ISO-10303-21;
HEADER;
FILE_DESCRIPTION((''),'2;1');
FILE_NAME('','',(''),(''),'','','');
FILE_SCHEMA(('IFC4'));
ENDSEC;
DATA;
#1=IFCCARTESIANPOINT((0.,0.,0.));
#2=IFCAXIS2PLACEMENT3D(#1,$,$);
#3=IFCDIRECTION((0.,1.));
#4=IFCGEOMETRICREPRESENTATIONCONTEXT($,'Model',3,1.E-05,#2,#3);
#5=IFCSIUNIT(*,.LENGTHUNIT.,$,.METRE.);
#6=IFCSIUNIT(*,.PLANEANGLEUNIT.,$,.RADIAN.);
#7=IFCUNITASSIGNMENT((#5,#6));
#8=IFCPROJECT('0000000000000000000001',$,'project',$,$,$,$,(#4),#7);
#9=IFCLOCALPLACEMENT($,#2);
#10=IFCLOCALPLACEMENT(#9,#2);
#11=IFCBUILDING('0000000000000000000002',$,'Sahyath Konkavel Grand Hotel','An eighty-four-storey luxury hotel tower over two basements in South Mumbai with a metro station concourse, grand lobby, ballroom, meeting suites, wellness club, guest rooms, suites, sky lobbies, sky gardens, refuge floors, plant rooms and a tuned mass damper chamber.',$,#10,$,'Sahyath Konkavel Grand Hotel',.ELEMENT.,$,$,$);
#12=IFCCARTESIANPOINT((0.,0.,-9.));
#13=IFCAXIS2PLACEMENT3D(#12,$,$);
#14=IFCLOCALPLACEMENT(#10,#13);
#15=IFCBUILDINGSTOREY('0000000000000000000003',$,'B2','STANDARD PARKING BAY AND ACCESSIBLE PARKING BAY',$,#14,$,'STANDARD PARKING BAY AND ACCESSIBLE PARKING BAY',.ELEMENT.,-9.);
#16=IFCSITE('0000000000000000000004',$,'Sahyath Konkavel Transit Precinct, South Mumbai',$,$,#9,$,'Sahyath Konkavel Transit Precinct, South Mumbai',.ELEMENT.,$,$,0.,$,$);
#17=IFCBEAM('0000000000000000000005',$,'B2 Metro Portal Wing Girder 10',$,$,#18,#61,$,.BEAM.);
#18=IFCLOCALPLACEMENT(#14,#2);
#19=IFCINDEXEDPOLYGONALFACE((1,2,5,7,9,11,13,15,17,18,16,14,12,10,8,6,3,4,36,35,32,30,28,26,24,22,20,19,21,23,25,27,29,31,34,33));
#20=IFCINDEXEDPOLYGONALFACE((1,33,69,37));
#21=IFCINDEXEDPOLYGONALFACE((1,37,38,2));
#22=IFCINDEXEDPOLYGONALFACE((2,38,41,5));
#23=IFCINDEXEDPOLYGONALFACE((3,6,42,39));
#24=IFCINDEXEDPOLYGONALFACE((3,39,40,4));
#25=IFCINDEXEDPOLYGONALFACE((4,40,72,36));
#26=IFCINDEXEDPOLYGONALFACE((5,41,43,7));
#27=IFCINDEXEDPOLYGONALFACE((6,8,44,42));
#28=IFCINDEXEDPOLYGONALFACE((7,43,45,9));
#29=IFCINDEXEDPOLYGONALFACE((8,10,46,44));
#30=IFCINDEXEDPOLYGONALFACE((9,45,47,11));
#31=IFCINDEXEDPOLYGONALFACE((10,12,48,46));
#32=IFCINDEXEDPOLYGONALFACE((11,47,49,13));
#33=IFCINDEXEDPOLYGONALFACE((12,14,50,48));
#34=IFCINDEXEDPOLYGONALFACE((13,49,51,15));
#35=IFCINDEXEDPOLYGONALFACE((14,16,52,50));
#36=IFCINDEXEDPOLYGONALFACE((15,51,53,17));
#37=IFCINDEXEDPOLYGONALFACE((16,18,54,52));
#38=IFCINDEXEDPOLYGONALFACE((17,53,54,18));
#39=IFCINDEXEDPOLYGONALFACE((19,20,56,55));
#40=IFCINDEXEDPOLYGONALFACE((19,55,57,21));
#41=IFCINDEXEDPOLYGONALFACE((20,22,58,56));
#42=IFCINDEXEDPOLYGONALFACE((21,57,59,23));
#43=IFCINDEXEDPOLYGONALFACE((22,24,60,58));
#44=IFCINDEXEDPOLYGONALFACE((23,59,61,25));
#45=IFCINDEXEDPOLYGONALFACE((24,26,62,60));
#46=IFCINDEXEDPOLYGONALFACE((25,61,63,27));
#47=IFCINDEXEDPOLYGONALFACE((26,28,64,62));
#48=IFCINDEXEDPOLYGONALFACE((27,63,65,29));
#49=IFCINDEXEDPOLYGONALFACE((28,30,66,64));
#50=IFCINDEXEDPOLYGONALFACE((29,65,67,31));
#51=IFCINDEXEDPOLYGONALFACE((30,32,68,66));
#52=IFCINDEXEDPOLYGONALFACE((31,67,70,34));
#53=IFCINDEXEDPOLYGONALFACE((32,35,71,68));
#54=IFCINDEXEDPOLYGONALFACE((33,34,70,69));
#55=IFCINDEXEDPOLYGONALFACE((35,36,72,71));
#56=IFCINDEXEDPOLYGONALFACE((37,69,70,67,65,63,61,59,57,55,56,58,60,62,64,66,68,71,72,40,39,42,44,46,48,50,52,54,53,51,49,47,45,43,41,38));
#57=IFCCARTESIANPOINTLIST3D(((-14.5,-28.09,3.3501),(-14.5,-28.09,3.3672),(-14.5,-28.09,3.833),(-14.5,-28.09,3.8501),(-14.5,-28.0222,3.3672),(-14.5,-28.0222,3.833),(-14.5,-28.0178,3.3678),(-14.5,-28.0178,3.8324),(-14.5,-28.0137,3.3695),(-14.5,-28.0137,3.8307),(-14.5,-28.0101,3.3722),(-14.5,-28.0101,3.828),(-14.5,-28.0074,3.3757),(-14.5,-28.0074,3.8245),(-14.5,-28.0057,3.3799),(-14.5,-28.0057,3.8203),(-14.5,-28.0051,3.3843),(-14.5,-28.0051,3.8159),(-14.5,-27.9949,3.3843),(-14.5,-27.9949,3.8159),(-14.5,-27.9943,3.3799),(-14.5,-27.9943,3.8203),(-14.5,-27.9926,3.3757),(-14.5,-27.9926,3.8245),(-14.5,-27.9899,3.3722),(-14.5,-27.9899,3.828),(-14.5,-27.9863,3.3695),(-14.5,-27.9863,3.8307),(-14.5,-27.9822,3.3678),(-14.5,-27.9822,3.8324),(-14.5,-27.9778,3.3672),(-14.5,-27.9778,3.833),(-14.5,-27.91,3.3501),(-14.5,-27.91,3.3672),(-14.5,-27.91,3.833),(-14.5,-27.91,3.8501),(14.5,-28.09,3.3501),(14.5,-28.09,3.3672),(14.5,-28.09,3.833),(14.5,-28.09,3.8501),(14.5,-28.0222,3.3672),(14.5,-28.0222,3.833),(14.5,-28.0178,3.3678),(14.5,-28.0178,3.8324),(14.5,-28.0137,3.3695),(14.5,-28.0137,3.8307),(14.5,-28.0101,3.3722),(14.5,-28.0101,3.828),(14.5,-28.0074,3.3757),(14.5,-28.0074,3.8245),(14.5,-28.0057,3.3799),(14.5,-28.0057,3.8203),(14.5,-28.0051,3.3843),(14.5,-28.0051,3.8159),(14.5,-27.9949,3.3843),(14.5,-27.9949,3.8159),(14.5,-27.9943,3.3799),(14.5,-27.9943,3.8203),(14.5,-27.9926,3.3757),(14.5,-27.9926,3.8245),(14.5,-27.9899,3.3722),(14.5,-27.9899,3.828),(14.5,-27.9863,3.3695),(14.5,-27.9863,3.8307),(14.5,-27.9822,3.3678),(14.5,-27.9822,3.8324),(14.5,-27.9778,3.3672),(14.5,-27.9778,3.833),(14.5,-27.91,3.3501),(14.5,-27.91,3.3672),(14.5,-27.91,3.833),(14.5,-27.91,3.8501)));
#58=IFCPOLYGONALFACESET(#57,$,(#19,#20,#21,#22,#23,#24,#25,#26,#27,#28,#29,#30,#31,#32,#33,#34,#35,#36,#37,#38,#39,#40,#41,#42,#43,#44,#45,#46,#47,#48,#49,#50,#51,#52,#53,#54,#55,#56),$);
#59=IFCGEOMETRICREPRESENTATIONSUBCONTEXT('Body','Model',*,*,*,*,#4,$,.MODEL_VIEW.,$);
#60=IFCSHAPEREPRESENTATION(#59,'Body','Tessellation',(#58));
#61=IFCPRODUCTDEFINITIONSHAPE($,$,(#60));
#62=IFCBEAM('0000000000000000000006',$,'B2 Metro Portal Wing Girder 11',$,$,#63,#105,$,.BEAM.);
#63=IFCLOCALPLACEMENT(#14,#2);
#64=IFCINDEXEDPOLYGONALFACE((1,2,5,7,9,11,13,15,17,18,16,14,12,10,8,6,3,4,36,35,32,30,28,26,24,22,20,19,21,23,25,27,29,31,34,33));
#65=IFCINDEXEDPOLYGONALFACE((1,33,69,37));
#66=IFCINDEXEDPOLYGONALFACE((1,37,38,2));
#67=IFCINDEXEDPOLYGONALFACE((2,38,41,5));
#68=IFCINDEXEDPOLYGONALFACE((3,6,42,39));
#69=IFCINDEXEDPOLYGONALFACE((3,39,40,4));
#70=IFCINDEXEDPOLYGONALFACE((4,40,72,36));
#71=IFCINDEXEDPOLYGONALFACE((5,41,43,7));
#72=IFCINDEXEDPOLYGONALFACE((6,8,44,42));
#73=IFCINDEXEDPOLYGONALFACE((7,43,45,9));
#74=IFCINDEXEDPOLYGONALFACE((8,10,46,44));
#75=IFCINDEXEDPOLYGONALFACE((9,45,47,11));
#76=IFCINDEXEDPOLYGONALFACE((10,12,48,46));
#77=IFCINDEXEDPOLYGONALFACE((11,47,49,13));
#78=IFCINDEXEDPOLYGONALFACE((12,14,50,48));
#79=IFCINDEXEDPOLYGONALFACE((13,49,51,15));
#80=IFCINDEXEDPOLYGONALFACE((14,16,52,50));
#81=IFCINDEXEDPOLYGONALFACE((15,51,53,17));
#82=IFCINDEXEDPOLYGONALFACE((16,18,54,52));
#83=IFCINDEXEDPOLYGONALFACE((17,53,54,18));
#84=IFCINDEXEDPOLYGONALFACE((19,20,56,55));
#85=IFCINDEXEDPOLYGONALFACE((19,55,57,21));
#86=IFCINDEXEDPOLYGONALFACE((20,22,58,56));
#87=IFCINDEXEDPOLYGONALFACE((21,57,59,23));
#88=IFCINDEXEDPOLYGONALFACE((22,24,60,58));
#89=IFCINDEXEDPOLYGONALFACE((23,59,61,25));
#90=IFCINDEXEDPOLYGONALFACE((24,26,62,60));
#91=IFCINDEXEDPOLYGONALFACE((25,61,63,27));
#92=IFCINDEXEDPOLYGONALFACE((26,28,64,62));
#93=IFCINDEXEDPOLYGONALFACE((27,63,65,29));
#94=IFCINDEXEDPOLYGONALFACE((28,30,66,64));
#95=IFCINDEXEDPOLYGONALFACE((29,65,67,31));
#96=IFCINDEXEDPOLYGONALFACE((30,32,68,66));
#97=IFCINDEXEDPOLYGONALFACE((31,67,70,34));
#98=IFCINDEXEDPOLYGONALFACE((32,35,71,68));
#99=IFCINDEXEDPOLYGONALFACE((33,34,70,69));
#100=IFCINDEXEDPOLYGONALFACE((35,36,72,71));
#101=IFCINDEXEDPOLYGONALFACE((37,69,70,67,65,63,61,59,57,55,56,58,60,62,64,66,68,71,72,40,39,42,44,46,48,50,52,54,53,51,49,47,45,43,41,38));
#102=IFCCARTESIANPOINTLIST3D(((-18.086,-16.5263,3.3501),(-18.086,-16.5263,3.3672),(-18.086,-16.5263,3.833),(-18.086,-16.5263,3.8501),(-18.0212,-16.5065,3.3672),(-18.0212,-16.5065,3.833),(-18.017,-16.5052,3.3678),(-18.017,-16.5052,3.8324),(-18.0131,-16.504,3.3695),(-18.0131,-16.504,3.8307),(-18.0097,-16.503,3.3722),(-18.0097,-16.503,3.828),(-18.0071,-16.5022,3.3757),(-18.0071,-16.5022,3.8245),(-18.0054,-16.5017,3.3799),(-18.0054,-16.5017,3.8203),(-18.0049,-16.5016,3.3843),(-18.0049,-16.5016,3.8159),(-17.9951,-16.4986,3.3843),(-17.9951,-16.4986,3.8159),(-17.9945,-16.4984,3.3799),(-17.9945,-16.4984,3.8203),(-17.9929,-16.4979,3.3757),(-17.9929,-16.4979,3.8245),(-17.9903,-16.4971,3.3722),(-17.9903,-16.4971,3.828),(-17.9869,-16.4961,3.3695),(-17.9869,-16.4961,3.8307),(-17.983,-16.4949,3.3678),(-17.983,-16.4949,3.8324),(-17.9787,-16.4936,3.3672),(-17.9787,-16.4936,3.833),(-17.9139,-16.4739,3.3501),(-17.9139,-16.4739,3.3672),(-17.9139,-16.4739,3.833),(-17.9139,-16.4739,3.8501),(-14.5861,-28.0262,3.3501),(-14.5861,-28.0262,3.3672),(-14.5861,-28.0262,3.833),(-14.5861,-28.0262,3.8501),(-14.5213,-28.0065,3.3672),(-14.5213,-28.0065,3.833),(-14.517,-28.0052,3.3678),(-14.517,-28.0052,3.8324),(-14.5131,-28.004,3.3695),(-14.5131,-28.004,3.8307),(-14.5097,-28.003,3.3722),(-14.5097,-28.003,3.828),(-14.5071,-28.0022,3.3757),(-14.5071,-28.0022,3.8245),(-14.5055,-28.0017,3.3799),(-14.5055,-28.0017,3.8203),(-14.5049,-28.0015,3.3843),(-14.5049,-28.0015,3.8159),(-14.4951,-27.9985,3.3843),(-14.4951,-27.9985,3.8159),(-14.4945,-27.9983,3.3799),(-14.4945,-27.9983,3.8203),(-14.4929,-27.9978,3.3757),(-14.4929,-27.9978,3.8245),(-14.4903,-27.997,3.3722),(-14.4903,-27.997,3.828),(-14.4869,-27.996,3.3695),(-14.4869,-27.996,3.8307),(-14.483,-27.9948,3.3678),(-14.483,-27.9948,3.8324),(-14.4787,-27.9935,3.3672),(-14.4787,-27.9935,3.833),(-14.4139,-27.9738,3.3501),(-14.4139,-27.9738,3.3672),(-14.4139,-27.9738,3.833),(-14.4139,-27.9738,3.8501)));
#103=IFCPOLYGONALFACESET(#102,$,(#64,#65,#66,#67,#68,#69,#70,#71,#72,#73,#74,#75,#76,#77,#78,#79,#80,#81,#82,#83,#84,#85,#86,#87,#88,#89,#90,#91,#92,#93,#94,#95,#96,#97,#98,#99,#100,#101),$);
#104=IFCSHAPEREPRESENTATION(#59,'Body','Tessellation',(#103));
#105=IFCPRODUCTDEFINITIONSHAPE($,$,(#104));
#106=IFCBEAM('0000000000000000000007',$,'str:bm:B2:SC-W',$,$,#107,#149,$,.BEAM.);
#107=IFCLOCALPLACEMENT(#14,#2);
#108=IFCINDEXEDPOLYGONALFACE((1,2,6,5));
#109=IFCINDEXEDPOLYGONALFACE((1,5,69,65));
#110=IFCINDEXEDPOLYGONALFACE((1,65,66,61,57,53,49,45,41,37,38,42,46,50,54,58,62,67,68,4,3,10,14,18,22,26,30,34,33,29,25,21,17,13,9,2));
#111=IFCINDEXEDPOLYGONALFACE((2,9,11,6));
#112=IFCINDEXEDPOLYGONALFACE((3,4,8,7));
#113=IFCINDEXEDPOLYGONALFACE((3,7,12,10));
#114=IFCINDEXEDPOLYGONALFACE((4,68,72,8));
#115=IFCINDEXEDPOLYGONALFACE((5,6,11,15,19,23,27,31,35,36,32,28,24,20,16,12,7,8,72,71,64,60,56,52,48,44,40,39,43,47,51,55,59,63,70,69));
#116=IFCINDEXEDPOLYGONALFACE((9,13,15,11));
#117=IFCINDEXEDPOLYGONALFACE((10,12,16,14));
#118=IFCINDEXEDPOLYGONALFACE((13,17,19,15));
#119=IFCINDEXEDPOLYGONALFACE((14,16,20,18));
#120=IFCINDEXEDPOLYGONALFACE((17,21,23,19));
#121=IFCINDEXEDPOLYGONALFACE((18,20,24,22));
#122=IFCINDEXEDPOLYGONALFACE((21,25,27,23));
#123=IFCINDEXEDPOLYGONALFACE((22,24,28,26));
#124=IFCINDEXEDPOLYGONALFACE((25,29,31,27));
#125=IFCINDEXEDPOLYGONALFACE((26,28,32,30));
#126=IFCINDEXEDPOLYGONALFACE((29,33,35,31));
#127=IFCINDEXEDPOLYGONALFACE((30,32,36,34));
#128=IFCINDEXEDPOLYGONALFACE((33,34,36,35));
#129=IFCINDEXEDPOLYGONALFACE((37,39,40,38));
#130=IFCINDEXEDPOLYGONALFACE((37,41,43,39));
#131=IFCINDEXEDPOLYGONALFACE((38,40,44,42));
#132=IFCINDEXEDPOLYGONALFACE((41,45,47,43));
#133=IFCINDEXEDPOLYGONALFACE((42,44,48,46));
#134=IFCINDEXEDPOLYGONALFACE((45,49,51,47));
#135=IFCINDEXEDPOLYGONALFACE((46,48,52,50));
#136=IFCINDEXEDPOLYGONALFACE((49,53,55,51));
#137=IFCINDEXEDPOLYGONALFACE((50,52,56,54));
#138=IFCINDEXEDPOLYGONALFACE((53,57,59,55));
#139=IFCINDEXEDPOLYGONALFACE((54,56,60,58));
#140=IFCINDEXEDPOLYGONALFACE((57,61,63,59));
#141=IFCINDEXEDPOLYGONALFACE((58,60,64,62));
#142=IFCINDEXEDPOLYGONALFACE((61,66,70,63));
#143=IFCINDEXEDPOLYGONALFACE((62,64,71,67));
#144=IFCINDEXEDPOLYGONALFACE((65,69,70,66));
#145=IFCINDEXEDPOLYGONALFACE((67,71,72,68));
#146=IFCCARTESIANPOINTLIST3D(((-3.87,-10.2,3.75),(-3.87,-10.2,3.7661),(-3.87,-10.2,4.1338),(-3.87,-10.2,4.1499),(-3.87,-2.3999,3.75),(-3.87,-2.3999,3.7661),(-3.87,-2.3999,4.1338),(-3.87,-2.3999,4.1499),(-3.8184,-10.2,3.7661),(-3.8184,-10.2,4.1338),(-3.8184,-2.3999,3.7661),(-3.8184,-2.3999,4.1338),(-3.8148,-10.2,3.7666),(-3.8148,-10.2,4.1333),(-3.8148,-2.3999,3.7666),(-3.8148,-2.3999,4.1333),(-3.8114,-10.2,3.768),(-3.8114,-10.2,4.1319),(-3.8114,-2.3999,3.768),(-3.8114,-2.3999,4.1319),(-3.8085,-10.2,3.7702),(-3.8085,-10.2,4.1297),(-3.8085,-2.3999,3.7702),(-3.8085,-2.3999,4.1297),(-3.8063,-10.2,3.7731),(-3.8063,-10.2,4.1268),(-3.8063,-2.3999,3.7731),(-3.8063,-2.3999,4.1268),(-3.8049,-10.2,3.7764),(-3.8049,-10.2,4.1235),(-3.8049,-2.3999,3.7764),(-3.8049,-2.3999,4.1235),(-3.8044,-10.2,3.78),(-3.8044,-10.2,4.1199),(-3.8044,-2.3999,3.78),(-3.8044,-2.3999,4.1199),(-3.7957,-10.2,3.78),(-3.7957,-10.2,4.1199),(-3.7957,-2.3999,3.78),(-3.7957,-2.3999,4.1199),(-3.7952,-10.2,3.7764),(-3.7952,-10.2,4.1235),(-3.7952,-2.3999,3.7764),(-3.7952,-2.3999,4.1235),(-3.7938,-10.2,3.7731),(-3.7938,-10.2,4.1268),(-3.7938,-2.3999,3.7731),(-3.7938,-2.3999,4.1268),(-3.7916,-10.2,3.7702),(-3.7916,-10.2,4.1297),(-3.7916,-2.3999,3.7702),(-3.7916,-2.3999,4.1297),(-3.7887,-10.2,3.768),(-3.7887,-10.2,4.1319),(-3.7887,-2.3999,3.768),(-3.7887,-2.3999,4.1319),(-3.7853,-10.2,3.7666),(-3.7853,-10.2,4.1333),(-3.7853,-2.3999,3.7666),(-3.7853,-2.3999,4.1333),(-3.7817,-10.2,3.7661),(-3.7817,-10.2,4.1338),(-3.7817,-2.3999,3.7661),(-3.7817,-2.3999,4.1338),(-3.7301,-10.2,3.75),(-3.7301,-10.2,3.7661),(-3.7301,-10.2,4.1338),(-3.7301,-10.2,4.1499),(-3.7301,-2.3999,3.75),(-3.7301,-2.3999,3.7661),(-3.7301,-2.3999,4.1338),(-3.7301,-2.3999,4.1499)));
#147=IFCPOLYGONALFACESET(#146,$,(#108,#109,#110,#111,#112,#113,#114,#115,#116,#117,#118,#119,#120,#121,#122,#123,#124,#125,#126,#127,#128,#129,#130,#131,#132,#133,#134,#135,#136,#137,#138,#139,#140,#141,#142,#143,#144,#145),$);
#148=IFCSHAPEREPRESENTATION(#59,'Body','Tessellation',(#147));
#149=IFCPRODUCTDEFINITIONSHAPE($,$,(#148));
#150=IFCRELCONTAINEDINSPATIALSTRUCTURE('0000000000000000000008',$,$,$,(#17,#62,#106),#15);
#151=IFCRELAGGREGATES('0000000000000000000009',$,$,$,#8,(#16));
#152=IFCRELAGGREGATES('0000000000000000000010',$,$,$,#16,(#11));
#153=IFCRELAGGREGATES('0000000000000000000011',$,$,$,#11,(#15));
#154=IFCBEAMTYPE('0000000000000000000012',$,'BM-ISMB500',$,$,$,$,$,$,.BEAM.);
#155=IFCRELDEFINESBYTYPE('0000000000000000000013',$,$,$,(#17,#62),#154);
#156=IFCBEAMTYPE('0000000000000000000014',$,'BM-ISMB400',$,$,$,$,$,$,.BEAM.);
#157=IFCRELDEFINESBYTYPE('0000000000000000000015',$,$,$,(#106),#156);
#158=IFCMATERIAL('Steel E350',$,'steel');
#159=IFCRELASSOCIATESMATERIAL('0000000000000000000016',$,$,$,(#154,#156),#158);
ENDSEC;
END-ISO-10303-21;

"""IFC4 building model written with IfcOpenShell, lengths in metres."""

from ifc_helpers import new_model, si_unit, direction, frame, origin, origin_2d, place, context, subcontext, project, spatial, i_section, extrude, source, transform, mapped, material, material_profile, profile_set, type_object, element, save


model = new_model("IFC4")

# Units and contexts
model_context = context("Model", 3, precision=1e-05, world=origin(), true_north=direction((0.0, 1.0)))
body_context = subcontext(model_context, "Body", "Model", "MODEL_VIEW")
ifc_project = project(units=[si_unit("LENGTHUNIT", "METRE"), si_unit("PLANEANGLEUNIT", "RADIAN")], contexts=[model_context])

# Site, building, storey
site_placement = place(None, origin())
site = spatial("IfcSite", under=ifc_project, at=site_placement, Name="Sahyath Konkavel Transit Precinct, South Mumbai", LongName="Sahyath Konkavel Transit Precinct, South Mumbai", CompositionType="ELEMENT", RefElevation=0.0)
building_placement = place(site_placement, origin())
building = spatial("IfcBuilding", under=site, at=building_placement, Name="Sahyath Konkavel Grand Hotel", Description="An eighty-four-storey luxury hotel tower over two basements in South Mumbai with a metro station concourse, grand lobby, ballroom, meeting suites, wellness club, guest rooms, suites, sky lobbies, sky gardens, refuge floors, plant rooms and a tuned mass damper chamber.", LongName="Sahyath Konkavel Grand Hotel", CompositionType="ELEMENT")
storey_placement = place(building_placement, frame((0.0, 0.0, -9.0)))
storey = spatial("IfcBuildingStorey", under=building, at=storey_placement, Name="B2", Description="STANDARD PARKING BAY AND ACCESSIBLE PARKING BAY", LongName="STANDARD PARKING BAY AND ACCESSIBLE PARKING BAY", CompositionType="ELEMENT", Elevation=-9.0)

# Beams
ifc_material_1 = material(Name="Steel E350", Category="steel")
ifc_material_profile_1 = material_profile(ifc_material_1, i_section(OverallWidth=0.1799, OverallDepth=0.5, WebThickness=0.0103, FlangeThickness=0.0171, FilletRadius=0.0171, at=origin_2d()), Name="ISMB 500")
ifc_profile_set_1 = profile_set([ifc_material_profile_1], Name="Steel E350")
beam_type_1 = type_object("IfcBeamType", Name="BM-ISMB500", PredefinedType="BEAM", material=ifc_profile_set_1)
shared_shape_1 = source(origin(), body_context, "Body", "SweptSolid", [
    extrude(i_section(OverallWidth=0.1799, OverallDepth=0.5, WebThickness=0.0103, FlangeThickness=0.0171, FilletRadius=0.0171, at=origin_2d()), origin(), (0.0, 0.0, 1.0), 29.0),
])
beam_1_placement = place(storey_placement, frame((-14.5, -28.0, 3.6001), z_axis=(1.0, 0.0, 0.0), x_axis=(0.0, 1.0, 0.0)))
element("IfcBeam", 1, at=beam_1_placement, inside=storey, type_object=beam_type_1, Name="B2 Metro Portal Wing Girder 10", PredefinedType="BEAM", context=body_context, shape_type="MappedRepresentation", body=[
    mapped(shared_shape_1, transform((0.0, 0.0, 0.0), scale=1.0)),
])
shared_shape_2 = source(origin(), body_context, "Body", "SweptSolid", [
    extrude(i_section(OverallWidth=0.1799, OverallDepth=0.5, WebThickness=0.0103, FlangeThickness=0.0171, FilletRadius=0.0171, at=origin_2d()), origin(), (0.0, 0.0, 1.0), 12.0208),
])
beam_2_placement = place(storey_placement, frame((-14.5, -28.0, 3.6001), z_axis=(-0.291162, 0.956674, 0.0), x_axis=(-0.956674, -0.291162, 0.0)))
element("IfcBeam", 2, at=beam_2_placement, inside=storey, type_object=beam_type_1, Name="B2 Metro Portal Wing Girder 11", PredefinedType="BEAM", context=body_context, shape_type="MappedRepresentation", body=[
    mapped(shared_shape_2, transform((0.0, 0.0, 0.0), scale=1.0)),
])
ifc_material_profile_2 = material_profile(ifc_material_1, i_section(OverallWidth=0.1399, OverallDepth=0.3999, WebThickness=0.0088, FlangeThickness=0.0161, FilletRadius=0.0139, at=origin_2d()), Name="ISMB 400")
ifc_profile_set_2 = profile_set([ifc_material_profile_2], Name="Steel E350")
beam_type_2 = type_object("IfcBeamType", Name="BM-ISMB400", PredefinedType="BEAM", material=ifc_profile_set_2)
shared_shape_3 = source(origin(), body_context, "Body", "SweptSolid", [
    extrude(i_section(OverallWidth=0.1399, OverallDepth=0.3999, WebThickness=0.0088, FlangeThickness=0.0161, FilletRadius=0.0139, at=origin_2d()), origin(), (0.0, 0.0, 1.0), 7.8),
])
beam_3_placement = place(storey_placement, frame((-3.8, -10.2, 3.95), z_axis=(0.0, 1.0, 0.0), x_axis=(-1.0, 0.0, 0.0)))
element("IfcBeam", 3, at=beam_3_placement, inside=storey, type_object=beam_type_2, Name="str:bm:B2:SC-W", PredefinedType="BEAM", context=body_context, shape_type="MappedRepresentation", body=[
    mapped(shared_shape_3, transform((0.0, 0.0, 0.0), scale=1.0)),
])

save(model, "model.ifc")
